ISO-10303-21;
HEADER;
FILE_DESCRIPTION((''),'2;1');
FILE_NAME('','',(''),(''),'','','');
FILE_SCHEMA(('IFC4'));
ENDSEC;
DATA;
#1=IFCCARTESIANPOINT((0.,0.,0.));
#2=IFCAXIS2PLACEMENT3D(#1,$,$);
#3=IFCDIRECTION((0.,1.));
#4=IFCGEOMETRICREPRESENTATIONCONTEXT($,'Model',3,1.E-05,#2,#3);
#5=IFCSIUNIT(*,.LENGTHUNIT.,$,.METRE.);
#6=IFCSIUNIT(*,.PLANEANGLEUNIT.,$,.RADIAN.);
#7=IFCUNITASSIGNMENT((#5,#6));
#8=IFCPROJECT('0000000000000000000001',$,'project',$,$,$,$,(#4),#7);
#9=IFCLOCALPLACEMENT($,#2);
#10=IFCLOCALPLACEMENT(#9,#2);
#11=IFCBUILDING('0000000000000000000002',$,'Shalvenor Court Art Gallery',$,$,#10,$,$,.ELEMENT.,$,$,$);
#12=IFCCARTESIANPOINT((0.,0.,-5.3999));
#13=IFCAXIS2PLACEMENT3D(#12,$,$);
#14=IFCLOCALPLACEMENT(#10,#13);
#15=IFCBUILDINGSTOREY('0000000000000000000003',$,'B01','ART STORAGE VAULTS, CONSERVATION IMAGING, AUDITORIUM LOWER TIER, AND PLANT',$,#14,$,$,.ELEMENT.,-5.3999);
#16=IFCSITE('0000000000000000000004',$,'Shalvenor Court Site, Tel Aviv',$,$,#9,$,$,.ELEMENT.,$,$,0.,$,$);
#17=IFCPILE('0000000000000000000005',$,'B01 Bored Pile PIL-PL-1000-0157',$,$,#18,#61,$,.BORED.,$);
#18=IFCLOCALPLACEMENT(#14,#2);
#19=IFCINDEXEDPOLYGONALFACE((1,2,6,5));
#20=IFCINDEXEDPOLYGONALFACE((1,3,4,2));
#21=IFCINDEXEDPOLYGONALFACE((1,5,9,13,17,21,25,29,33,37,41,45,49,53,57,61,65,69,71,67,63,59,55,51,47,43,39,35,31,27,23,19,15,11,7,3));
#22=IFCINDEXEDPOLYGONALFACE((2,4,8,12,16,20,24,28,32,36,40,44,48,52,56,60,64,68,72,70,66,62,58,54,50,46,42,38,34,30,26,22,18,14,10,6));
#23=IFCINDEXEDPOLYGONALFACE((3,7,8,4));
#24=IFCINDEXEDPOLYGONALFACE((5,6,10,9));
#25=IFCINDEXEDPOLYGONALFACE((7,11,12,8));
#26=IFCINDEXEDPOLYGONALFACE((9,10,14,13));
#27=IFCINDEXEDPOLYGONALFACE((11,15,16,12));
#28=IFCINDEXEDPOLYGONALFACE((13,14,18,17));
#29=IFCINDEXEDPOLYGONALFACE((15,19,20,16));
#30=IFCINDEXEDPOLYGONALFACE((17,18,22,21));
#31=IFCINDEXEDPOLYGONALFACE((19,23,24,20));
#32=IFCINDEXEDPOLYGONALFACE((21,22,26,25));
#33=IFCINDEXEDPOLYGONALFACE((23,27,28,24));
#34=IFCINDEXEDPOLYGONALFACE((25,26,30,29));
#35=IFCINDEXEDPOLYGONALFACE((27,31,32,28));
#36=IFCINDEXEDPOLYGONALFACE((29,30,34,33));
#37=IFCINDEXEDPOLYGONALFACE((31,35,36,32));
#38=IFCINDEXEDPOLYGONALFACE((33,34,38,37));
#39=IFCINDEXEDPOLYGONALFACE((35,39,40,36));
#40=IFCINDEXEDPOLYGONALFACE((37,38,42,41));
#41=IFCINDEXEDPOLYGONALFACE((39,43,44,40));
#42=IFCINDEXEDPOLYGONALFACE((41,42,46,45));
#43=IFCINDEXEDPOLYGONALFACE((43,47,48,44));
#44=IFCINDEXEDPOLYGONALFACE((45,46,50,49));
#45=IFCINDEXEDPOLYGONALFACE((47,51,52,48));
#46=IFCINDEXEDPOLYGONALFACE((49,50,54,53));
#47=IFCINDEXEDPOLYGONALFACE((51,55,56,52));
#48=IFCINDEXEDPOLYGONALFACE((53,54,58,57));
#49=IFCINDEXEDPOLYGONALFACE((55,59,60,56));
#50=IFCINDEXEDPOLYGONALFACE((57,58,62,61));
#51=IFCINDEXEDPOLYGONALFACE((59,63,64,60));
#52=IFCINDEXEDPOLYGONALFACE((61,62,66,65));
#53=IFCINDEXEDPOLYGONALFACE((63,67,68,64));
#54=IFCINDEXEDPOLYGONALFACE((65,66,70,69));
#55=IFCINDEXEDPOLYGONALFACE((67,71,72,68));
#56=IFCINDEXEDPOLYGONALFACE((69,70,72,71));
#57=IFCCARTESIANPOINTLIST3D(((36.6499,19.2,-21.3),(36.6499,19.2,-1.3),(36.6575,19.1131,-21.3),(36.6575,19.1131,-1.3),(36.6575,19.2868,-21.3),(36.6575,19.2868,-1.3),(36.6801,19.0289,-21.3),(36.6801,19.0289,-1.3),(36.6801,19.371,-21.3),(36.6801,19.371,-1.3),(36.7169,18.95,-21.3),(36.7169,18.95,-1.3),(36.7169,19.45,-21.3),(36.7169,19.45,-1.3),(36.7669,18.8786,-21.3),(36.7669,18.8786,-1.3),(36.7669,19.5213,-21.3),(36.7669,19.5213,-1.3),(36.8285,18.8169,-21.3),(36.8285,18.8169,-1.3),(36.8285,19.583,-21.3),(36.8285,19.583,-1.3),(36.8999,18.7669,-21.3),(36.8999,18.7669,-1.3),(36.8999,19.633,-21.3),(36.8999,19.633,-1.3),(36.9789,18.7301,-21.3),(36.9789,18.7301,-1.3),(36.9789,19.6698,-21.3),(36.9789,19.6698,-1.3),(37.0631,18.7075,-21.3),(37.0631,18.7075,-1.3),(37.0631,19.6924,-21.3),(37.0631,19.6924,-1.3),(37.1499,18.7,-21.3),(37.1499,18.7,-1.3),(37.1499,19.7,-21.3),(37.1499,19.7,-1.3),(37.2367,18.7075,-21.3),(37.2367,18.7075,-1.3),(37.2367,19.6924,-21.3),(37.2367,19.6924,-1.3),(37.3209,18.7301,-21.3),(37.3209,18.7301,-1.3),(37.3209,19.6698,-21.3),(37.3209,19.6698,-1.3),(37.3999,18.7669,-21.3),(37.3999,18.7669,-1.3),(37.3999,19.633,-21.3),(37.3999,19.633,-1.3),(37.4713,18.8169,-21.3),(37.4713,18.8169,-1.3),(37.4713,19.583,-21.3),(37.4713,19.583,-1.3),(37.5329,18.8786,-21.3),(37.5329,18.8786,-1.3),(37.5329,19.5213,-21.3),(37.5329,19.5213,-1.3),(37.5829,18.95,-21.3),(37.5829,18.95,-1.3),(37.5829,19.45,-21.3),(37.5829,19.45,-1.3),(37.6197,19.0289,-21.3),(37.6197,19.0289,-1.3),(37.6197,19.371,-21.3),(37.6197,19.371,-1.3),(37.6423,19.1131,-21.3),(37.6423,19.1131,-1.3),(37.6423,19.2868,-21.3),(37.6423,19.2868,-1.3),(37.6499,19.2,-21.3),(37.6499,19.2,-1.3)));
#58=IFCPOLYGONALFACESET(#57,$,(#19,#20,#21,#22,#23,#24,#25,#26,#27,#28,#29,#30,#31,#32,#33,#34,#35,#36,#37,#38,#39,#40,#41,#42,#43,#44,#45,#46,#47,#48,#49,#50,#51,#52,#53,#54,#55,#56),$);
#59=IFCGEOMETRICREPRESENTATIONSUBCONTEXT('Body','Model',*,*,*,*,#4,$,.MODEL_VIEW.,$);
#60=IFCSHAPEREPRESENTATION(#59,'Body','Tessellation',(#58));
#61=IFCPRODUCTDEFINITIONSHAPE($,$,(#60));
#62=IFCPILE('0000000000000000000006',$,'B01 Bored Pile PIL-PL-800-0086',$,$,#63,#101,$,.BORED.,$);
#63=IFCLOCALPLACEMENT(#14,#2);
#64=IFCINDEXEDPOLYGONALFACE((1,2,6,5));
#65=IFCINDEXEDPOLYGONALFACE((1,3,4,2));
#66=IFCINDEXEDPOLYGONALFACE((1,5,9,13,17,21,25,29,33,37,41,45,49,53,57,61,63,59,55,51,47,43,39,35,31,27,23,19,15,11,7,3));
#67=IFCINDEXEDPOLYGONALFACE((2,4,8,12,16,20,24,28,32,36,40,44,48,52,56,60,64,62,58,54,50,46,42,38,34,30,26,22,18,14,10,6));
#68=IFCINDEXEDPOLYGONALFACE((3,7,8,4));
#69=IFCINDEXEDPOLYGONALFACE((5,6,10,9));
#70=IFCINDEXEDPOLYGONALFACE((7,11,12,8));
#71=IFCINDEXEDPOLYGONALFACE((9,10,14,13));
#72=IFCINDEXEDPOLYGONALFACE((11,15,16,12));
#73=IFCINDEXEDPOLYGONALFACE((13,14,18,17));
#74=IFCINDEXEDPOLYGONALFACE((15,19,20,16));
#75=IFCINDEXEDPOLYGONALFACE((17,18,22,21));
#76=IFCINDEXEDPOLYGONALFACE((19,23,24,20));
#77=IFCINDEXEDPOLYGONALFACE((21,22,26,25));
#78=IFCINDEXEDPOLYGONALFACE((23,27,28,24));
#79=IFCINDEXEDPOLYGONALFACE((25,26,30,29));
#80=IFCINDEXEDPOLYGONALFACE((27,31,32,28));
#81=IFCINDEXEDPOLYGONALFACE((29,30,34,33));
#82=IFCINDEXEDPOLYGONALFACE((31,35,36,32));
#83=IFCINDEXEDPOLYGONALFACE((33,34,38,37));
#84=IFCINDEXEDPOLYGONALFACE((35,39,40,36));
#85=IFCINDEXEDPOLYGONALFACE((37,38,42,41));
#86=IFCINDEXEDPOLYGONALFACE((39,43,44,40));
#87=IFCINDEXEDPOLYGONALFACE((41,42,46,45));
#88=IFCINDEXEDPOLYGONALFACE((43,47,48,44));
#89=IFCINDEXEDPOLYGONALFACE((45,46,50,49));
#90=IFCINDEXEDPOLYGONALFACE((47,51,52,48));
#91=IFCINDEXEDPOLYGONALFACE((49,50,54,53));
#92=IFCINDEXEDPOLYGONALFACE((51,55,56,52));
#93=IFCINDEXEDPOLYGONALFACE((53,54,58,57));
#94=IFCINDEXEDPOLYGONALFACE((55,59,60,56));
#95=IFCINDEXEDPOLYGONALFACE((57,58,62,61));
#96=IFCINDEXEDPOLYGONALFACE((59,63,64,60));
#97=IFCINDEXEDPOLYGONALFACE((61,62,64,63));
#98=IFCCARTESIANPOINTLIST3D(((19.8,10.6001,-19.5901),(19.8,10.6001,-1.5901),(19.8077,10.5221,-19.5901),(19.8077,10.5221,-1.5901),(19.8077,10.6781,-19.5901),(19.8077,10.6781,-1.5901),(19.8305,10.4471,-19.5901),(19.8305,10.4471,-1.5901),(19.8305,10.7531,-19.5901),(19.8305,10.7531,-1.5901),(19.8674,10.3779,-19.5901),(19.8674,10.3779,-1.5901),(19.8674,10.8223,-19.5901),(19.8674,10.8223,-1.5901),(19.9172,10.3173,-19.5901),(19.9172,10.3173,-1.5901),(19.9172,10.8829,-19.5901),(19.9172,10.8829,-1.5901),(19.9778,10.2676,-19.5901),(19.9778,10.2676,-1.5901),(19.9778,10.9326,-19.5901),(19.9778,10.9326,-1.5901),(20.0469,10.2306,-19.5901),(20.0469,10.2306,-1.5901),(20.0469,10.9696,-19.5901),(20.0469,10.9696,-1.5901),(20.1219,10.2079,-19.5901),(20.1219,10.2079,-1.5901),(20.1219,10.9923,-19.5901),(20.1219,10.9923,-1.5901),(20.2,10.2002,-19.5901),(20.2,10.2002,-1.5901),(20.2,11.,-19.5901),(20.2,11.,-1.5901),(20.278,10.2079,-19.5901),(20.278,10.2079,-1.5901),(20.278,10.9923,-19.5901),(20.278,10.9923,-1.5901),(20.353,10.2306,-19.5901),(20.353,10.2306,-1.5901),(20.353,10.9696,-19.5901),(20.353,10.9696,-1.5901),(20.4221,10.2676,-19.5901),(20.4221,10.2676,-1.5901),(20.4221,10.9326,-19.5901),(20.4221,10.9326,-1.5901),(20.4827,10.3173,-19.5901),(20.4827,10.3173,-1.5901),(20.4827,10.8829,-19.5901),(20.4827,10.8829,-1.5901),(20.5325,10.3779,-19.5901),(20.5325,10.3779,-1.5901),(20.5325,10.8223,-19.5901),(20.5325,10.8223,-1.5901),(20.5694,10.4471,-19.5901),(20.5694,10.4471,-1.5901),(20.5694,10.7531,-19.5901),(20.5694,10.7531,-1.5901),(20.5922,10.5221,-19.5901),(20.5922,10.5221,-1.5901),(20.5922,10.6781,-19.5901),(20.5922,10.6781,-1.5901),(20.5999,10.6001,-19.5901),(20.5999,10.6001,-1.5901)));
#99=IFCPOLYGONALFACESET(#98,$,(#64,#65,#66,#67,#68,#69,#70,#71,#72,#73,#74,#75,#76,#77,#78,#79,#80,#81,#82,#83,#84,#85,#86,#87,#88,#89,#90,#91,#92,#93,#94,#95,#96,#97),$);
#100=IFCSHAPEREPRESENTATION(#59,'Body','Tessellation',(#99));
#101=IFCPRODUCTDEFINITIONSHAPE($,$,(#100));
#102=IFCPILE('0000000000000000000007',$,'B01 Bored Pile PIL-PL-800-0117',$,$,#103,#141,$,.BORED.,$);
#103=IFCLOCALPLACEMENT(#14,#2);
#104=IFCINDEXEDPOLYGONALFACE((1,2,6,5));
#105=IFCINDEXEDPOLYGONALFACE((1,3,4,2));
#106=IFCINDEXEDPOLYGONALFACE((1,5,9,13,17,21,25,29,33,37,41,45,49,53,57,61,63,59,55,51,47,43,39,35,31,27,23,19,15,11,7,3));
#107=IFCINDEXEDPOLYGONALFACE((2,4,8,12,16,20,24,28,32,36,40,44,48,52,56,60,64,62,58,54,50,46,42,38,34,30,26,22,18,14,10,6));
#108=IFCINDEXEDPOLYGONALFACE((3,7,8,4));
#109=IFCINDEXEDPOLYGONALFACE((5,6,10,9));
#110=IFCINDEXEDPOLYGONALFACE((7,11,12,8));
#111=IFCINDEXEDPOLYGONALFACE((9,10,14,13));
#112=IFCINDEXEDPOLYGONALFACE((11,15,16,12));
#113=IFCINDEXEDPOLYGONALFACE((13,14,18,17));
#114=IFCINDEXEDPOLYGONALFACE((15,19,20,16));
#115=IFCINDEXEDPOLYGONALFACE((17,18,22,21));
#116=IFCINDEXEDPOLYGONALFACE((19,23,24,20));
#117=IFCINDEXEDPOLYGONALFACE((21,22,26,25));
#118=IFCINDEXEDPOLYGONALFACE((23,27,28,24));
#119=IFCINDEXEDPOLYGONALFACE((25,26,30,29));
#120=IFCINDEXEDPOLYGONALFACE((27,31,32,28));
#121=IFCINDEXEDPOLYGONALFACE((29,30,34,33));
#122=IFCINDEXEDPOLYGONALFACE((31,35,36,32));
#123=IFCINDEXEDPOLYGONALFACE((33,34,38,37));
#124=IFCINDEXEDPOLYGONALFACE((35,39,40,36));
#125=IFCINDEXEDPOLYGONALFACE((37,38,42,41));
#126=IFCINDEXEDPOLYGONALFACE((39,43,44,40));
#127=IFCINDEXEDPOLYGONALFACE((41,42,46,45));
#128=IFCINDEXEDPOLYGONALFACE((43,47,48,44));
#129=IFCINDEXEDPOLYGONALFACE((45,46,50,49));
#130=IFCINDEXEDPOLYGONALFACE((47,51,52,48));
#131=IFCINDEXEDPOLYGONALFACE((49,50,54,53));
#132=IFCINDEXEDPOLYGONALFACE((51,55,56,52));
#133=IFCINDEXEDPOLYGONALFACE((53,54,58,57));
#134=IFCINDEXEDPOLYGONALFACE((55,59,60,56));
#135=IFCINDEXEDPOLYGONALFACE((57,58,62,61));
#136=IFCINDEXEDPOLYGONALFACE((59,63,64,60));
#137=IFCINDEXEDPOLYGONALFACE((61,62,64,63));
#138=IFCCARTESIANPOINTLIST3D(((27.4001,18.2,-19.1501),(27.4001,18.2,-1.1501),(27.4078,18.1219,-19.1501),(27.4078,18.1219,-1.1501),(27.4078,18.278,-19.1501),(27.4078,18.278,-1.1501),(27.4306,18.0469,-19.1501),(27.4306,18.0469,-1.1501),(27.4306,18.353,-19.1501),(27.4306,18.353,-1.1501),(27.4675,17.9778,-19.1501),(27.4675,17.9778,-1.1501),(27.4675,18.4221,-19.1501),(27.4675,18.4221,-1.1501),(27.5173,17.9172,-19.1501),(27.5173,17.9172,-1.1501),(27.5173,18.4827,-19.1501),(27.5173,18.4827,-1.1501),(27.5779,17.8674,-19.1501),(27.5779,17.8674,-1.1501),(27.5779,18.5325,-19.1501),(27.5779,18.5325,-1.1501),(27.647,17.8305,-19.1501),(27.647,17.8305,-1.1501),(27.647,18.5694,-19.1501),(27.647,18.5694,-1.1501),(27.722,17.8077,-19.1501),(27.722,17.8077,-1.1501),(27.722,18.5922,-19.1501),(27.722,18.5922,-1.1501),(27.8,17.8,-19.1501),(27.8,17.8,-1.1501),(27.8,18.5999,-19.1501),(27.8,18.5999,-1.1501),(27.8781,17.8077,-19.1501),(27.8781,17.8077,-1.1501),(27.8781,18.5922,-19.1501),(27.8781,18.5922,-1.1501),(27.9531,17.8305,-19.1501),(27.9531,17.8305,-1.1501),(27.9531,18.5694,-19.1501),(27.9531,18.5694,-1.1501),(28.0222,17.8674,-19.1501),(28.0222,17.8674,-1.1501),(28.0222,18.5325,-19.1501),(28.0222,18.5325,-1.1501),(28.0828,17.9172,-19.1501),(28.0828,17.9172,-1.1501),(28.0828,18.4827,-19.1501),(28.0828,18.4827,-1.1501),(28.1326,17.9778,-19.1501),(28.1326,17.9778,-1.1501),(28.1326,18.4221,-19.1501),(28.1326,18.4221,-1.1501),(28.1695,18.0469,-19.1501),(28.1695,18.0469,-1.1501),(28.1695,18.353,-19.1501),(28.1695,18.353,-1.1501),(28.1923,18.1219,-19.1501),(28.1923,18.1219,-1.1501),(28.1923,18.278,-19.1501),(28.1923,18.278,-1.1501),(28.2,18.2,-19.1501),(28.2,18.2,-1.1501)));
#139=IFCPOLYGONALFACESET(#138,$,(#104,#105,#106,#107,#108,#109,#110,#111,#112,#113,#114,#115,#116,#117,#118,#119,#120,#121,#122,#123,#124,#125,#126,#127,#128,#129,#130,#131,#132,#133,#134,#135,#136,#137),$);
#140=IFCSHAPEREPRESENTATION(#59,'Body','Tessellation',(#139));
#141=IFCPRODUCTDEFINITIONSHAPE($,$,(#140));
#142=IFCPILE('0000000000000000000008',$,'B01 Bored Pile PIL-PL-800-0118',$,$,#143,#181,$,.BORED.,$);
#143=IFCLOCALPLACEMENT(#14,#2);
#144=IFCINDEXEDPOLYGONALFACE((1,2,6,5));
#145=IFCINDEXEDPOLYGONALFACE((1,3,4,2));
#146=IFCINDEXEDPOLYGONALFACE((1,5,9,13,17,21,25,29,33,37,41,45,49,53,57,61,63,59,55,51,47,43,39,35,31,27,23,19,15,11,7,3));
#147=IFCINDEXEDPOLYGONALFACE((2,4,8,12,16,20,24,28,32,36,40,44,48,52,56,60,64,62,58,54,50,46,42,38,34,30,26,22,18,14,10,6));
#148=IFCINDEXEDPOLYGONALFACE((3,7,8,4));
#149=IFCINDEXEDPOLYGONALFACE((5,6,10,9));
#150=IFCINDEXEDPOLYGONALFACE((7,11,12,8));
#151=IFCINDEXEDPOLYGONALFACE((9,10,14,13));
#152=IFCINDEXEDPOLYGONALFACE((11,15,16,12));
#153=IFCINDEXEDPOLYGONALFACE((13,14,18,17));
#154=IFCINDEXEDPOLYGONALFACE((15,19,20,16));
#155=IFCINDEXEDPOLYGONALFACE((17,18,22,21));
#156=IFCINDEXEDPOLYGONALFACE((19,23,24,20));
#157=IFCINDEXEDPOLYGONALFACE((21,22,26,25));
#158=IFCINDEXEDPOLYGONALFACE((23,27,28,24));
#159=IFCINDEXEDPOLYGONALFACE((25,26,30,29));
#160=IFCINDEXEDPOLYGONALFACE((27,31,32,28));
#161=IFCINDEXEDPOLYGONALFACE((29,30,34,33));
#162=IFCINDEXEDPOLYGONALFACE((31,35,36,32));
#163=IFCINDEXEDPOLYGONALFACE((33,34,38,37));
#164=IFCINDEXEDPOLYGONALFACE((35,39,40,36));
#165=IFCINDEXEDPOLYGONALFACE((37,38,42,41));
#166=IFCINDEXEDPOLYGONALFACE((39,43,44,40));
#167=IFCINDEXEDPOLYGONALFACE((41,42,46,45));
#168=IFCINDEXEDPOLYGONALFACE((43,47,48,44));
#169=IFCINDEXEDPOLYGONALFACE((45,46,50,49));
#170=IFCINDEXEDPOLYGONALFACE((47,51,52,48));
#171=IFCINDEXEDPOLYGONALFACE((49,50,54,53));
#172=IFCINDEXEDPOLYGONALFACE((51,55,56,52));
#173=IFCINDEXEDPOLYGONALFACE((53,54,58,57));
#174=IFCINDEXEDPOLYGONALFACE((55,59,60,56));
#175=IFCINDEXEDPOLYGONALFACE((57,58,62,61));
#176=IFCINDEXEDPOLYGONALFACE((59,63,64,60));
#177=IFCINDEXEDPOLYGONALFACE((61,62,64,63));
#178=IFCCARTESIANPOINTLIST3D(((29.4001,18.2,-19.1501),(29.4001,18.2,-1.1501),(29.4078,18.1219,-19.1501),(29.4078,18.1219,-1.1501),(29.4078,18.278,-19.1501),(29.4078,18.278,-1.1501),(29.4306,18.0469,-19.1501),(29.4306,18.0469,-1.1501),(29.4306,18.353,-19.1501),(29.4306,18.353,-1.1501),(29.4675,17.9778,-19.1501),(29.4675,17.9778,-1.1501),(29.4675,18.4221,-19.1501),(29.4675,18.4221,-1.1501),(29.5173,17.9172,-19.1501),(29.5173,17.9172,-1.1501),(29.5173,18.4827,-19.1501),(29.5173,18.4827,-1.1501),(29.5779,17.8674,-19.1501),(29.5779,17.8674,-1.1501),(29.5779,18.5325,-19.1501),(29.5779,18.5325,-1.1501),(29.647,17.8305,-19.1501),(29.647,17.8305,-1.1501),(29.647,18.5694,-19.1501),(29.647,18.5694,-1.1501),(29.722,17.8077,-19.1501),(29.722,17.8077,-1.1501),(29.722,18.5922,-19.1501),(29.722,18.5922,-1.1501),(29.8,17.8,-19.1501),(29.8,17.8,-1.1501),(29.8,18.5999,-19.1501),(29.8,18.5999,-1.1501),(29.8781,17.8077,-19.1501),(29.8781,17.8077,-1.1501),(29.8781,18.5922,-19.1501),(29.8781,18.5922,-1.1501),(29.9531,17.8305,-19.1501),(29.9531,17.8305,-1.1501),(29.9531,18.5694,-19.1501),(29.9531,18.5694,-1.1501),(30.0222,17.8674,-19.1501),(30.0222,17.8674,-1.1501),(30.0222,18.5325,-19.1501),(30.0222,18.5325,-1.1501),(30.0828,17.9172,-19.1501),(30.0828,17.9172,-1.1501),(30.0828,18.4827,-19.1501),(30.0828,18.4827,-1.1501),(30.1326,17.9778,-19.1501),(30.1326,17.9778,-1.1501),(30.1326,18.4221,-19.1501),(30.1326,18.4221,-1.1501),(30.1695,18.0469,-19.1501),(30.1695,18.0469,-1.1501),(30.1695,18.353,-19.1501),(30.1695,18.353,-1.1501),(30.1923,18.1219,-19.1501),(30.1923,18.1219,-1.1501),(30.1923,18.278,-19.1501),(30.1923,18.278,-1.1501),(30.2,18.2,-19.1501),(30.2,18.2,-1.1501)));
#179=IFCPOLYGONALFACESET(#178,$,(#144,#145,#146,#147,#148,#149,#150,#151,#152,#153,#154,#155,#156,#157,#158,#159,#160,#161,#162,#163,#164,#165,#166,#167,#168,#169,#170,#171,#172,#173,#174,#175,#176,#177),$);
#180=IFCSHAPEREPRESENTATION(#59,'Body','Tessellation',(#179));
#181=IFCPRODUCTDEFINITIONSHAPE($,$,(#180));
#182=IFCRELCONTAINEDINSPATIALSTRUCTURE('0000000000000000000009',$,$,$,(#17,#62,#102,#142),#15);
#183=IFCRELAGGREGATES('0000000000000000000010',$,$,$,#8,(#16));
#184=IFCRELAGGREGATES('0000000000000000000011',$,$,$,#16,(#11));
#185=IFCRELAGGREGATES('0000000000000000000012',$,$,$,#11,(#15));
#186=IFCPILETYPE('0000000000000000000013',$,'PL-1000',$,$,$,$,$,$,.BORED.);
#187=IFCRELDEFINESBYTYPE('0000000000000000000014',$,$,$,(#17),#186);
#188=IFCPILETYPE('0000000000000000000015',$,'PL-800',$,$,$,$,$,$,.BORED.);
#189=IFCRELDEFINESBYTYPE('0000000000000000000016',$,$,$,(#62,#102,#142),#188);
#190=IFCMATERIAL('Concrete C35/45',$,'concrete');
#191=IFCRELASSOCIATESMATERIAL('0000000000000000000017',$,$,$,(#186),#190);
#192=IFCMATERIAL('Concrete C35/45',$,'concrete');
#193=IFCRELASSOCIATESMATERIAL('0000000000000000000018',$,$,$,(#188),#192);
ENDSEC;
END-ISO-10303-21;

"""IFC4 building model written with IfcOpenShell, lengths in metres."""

from ifc_helpers import new_model, si_unit, direction, frame, origin, origin_2d, place, context, subcontext, project, spatial, circle, extrude, material, material_profile, profile_set, type_object, element, save


model = new_model("IFC4")

# Units and contexts
model_context = context("Model", 3, precision=1e-05, world=origin(), true_north=direction((0.0, 1.0)))
body_context = subcontext(model_context, "Body", "Model", "MODEL_VIEW")
ifc_project = project(units=[si_unit("LENGTHUNIT", "METRE"), si_unit("PLANEANGLEUNIT", "RADIAN")], contexts=[model_context])

# Site, building, storey
site_placement = place(None, origin())
site = spatial("IfcSite", under=ifc_project, at=site_placement, Name="Shalvenor Court Site, Tel Aviv", CompositionType="ELEMENT", RefElevation=0.0)
building_placement = place(site_placement, origin())
building = spatial("IfcBuilding", under=site, at=building_placement, Name="Shalvenor Court Art Gallery", CompositionType="ELEMENT")
storey_placement = place(building_placement, frame((0.0, 0.0, -5.3999)))
storey = spatial("IfcBuildingStorey", under=building, at=storey_placement, Name="B01", Description="ART STORAGE VAULTS, CONSERVATION IMAGING, AUDITORIUM LOWER TIER, AND PLANT", CompositionType="ELEMENT", Elevation=-5.3999)

# Piles
ifc_material_1 = material(Name="Concrete C35/45", Category="concrete")
ifc_material_profile_1 = material_profile(ifc_material_1, circle(Radius=0.5, at=origin_2d()), Name="PILE 1000")
ifc_profile_set_1 = profile_set([ifc_material_profile_1], Name="Concrete C35/45")
pile_type_1 = type_object("IfcPileType", Name="PL-1000", PredefinedType="BORED", material=ifc_profile_set_1)
for number, where, z_axis, x_axis, name in (
    (1, (37.1499, 19.2, -1.3), (0.0, 0.0, -1.0), (1.0, 0.0, 0.0), "B01 Bored Pile PIL-PL-1000-0157"),
):
    element("IfcPile", number, at=place(storey_placement, frame(where, z_axis=z_axis, x_axis=x_axis)), inside=storey, type_object=pile_type_1, Name=name, PredefinedType="BORED", context=body_context, shape_type="SweptSolid", body=[
        extrude(circle(Radius=0.5, at=origin_2d()), origin(), (0.0, 0.0, 1.0), 20.0),
    ])
ifc_material_2 = material(Name="Concrete C35/45", Category="concrete")
ifc_material_profile_2 = material_profile(ifc_material_2, circle(Radius=0.3999, at=origin_2d()), Name="PILE 800")
ifc_profile_set_2 = profile_set([ifc_material_profile_2], Name="Concrete C35/45")
pile_type_2 = type_object("IfcPileType", Name="PL-800", PredefinedType="BORED", material=ifc_profile_set_2)
for number, where, z_axis, x_axis, name in (
    (2, (20.2, 10.6001, -1.5901), (0.0, 0.0, -1.0), (1.0, 0.0, 0.0), "B01 Bored Pile PIL-PL-800-0086"),
    (3, (27.8, 18.2, -1.1501), (0.0, 0.0, -1.0), (1.0, 0.0, 0.0), "B01 Bored Pile PIL-PL-800-0117"),
    (4, (29.8, 18.2, -1.1501), (0.0, 0.0, -1.0), (1.0, 0.0, 0.0), "B01 Bored Pile PIL-PL-800-0118"),
):
    element("IfcPile", number, at=place(storey_placement, frame(where, z_axis=z_axis, x_axis=x_axis)), inside=storey, type_object=pile_type_2, Name=name, PredefinedType="BORED", context=body_context, shape_type="SweptSolid", body=[
        extrude(circle(Radius=0.3999, at=origin_2d()), origin(), (0.0, 0.0, 1.0), 18.0),
    ])

save(model, "model.ifc")
